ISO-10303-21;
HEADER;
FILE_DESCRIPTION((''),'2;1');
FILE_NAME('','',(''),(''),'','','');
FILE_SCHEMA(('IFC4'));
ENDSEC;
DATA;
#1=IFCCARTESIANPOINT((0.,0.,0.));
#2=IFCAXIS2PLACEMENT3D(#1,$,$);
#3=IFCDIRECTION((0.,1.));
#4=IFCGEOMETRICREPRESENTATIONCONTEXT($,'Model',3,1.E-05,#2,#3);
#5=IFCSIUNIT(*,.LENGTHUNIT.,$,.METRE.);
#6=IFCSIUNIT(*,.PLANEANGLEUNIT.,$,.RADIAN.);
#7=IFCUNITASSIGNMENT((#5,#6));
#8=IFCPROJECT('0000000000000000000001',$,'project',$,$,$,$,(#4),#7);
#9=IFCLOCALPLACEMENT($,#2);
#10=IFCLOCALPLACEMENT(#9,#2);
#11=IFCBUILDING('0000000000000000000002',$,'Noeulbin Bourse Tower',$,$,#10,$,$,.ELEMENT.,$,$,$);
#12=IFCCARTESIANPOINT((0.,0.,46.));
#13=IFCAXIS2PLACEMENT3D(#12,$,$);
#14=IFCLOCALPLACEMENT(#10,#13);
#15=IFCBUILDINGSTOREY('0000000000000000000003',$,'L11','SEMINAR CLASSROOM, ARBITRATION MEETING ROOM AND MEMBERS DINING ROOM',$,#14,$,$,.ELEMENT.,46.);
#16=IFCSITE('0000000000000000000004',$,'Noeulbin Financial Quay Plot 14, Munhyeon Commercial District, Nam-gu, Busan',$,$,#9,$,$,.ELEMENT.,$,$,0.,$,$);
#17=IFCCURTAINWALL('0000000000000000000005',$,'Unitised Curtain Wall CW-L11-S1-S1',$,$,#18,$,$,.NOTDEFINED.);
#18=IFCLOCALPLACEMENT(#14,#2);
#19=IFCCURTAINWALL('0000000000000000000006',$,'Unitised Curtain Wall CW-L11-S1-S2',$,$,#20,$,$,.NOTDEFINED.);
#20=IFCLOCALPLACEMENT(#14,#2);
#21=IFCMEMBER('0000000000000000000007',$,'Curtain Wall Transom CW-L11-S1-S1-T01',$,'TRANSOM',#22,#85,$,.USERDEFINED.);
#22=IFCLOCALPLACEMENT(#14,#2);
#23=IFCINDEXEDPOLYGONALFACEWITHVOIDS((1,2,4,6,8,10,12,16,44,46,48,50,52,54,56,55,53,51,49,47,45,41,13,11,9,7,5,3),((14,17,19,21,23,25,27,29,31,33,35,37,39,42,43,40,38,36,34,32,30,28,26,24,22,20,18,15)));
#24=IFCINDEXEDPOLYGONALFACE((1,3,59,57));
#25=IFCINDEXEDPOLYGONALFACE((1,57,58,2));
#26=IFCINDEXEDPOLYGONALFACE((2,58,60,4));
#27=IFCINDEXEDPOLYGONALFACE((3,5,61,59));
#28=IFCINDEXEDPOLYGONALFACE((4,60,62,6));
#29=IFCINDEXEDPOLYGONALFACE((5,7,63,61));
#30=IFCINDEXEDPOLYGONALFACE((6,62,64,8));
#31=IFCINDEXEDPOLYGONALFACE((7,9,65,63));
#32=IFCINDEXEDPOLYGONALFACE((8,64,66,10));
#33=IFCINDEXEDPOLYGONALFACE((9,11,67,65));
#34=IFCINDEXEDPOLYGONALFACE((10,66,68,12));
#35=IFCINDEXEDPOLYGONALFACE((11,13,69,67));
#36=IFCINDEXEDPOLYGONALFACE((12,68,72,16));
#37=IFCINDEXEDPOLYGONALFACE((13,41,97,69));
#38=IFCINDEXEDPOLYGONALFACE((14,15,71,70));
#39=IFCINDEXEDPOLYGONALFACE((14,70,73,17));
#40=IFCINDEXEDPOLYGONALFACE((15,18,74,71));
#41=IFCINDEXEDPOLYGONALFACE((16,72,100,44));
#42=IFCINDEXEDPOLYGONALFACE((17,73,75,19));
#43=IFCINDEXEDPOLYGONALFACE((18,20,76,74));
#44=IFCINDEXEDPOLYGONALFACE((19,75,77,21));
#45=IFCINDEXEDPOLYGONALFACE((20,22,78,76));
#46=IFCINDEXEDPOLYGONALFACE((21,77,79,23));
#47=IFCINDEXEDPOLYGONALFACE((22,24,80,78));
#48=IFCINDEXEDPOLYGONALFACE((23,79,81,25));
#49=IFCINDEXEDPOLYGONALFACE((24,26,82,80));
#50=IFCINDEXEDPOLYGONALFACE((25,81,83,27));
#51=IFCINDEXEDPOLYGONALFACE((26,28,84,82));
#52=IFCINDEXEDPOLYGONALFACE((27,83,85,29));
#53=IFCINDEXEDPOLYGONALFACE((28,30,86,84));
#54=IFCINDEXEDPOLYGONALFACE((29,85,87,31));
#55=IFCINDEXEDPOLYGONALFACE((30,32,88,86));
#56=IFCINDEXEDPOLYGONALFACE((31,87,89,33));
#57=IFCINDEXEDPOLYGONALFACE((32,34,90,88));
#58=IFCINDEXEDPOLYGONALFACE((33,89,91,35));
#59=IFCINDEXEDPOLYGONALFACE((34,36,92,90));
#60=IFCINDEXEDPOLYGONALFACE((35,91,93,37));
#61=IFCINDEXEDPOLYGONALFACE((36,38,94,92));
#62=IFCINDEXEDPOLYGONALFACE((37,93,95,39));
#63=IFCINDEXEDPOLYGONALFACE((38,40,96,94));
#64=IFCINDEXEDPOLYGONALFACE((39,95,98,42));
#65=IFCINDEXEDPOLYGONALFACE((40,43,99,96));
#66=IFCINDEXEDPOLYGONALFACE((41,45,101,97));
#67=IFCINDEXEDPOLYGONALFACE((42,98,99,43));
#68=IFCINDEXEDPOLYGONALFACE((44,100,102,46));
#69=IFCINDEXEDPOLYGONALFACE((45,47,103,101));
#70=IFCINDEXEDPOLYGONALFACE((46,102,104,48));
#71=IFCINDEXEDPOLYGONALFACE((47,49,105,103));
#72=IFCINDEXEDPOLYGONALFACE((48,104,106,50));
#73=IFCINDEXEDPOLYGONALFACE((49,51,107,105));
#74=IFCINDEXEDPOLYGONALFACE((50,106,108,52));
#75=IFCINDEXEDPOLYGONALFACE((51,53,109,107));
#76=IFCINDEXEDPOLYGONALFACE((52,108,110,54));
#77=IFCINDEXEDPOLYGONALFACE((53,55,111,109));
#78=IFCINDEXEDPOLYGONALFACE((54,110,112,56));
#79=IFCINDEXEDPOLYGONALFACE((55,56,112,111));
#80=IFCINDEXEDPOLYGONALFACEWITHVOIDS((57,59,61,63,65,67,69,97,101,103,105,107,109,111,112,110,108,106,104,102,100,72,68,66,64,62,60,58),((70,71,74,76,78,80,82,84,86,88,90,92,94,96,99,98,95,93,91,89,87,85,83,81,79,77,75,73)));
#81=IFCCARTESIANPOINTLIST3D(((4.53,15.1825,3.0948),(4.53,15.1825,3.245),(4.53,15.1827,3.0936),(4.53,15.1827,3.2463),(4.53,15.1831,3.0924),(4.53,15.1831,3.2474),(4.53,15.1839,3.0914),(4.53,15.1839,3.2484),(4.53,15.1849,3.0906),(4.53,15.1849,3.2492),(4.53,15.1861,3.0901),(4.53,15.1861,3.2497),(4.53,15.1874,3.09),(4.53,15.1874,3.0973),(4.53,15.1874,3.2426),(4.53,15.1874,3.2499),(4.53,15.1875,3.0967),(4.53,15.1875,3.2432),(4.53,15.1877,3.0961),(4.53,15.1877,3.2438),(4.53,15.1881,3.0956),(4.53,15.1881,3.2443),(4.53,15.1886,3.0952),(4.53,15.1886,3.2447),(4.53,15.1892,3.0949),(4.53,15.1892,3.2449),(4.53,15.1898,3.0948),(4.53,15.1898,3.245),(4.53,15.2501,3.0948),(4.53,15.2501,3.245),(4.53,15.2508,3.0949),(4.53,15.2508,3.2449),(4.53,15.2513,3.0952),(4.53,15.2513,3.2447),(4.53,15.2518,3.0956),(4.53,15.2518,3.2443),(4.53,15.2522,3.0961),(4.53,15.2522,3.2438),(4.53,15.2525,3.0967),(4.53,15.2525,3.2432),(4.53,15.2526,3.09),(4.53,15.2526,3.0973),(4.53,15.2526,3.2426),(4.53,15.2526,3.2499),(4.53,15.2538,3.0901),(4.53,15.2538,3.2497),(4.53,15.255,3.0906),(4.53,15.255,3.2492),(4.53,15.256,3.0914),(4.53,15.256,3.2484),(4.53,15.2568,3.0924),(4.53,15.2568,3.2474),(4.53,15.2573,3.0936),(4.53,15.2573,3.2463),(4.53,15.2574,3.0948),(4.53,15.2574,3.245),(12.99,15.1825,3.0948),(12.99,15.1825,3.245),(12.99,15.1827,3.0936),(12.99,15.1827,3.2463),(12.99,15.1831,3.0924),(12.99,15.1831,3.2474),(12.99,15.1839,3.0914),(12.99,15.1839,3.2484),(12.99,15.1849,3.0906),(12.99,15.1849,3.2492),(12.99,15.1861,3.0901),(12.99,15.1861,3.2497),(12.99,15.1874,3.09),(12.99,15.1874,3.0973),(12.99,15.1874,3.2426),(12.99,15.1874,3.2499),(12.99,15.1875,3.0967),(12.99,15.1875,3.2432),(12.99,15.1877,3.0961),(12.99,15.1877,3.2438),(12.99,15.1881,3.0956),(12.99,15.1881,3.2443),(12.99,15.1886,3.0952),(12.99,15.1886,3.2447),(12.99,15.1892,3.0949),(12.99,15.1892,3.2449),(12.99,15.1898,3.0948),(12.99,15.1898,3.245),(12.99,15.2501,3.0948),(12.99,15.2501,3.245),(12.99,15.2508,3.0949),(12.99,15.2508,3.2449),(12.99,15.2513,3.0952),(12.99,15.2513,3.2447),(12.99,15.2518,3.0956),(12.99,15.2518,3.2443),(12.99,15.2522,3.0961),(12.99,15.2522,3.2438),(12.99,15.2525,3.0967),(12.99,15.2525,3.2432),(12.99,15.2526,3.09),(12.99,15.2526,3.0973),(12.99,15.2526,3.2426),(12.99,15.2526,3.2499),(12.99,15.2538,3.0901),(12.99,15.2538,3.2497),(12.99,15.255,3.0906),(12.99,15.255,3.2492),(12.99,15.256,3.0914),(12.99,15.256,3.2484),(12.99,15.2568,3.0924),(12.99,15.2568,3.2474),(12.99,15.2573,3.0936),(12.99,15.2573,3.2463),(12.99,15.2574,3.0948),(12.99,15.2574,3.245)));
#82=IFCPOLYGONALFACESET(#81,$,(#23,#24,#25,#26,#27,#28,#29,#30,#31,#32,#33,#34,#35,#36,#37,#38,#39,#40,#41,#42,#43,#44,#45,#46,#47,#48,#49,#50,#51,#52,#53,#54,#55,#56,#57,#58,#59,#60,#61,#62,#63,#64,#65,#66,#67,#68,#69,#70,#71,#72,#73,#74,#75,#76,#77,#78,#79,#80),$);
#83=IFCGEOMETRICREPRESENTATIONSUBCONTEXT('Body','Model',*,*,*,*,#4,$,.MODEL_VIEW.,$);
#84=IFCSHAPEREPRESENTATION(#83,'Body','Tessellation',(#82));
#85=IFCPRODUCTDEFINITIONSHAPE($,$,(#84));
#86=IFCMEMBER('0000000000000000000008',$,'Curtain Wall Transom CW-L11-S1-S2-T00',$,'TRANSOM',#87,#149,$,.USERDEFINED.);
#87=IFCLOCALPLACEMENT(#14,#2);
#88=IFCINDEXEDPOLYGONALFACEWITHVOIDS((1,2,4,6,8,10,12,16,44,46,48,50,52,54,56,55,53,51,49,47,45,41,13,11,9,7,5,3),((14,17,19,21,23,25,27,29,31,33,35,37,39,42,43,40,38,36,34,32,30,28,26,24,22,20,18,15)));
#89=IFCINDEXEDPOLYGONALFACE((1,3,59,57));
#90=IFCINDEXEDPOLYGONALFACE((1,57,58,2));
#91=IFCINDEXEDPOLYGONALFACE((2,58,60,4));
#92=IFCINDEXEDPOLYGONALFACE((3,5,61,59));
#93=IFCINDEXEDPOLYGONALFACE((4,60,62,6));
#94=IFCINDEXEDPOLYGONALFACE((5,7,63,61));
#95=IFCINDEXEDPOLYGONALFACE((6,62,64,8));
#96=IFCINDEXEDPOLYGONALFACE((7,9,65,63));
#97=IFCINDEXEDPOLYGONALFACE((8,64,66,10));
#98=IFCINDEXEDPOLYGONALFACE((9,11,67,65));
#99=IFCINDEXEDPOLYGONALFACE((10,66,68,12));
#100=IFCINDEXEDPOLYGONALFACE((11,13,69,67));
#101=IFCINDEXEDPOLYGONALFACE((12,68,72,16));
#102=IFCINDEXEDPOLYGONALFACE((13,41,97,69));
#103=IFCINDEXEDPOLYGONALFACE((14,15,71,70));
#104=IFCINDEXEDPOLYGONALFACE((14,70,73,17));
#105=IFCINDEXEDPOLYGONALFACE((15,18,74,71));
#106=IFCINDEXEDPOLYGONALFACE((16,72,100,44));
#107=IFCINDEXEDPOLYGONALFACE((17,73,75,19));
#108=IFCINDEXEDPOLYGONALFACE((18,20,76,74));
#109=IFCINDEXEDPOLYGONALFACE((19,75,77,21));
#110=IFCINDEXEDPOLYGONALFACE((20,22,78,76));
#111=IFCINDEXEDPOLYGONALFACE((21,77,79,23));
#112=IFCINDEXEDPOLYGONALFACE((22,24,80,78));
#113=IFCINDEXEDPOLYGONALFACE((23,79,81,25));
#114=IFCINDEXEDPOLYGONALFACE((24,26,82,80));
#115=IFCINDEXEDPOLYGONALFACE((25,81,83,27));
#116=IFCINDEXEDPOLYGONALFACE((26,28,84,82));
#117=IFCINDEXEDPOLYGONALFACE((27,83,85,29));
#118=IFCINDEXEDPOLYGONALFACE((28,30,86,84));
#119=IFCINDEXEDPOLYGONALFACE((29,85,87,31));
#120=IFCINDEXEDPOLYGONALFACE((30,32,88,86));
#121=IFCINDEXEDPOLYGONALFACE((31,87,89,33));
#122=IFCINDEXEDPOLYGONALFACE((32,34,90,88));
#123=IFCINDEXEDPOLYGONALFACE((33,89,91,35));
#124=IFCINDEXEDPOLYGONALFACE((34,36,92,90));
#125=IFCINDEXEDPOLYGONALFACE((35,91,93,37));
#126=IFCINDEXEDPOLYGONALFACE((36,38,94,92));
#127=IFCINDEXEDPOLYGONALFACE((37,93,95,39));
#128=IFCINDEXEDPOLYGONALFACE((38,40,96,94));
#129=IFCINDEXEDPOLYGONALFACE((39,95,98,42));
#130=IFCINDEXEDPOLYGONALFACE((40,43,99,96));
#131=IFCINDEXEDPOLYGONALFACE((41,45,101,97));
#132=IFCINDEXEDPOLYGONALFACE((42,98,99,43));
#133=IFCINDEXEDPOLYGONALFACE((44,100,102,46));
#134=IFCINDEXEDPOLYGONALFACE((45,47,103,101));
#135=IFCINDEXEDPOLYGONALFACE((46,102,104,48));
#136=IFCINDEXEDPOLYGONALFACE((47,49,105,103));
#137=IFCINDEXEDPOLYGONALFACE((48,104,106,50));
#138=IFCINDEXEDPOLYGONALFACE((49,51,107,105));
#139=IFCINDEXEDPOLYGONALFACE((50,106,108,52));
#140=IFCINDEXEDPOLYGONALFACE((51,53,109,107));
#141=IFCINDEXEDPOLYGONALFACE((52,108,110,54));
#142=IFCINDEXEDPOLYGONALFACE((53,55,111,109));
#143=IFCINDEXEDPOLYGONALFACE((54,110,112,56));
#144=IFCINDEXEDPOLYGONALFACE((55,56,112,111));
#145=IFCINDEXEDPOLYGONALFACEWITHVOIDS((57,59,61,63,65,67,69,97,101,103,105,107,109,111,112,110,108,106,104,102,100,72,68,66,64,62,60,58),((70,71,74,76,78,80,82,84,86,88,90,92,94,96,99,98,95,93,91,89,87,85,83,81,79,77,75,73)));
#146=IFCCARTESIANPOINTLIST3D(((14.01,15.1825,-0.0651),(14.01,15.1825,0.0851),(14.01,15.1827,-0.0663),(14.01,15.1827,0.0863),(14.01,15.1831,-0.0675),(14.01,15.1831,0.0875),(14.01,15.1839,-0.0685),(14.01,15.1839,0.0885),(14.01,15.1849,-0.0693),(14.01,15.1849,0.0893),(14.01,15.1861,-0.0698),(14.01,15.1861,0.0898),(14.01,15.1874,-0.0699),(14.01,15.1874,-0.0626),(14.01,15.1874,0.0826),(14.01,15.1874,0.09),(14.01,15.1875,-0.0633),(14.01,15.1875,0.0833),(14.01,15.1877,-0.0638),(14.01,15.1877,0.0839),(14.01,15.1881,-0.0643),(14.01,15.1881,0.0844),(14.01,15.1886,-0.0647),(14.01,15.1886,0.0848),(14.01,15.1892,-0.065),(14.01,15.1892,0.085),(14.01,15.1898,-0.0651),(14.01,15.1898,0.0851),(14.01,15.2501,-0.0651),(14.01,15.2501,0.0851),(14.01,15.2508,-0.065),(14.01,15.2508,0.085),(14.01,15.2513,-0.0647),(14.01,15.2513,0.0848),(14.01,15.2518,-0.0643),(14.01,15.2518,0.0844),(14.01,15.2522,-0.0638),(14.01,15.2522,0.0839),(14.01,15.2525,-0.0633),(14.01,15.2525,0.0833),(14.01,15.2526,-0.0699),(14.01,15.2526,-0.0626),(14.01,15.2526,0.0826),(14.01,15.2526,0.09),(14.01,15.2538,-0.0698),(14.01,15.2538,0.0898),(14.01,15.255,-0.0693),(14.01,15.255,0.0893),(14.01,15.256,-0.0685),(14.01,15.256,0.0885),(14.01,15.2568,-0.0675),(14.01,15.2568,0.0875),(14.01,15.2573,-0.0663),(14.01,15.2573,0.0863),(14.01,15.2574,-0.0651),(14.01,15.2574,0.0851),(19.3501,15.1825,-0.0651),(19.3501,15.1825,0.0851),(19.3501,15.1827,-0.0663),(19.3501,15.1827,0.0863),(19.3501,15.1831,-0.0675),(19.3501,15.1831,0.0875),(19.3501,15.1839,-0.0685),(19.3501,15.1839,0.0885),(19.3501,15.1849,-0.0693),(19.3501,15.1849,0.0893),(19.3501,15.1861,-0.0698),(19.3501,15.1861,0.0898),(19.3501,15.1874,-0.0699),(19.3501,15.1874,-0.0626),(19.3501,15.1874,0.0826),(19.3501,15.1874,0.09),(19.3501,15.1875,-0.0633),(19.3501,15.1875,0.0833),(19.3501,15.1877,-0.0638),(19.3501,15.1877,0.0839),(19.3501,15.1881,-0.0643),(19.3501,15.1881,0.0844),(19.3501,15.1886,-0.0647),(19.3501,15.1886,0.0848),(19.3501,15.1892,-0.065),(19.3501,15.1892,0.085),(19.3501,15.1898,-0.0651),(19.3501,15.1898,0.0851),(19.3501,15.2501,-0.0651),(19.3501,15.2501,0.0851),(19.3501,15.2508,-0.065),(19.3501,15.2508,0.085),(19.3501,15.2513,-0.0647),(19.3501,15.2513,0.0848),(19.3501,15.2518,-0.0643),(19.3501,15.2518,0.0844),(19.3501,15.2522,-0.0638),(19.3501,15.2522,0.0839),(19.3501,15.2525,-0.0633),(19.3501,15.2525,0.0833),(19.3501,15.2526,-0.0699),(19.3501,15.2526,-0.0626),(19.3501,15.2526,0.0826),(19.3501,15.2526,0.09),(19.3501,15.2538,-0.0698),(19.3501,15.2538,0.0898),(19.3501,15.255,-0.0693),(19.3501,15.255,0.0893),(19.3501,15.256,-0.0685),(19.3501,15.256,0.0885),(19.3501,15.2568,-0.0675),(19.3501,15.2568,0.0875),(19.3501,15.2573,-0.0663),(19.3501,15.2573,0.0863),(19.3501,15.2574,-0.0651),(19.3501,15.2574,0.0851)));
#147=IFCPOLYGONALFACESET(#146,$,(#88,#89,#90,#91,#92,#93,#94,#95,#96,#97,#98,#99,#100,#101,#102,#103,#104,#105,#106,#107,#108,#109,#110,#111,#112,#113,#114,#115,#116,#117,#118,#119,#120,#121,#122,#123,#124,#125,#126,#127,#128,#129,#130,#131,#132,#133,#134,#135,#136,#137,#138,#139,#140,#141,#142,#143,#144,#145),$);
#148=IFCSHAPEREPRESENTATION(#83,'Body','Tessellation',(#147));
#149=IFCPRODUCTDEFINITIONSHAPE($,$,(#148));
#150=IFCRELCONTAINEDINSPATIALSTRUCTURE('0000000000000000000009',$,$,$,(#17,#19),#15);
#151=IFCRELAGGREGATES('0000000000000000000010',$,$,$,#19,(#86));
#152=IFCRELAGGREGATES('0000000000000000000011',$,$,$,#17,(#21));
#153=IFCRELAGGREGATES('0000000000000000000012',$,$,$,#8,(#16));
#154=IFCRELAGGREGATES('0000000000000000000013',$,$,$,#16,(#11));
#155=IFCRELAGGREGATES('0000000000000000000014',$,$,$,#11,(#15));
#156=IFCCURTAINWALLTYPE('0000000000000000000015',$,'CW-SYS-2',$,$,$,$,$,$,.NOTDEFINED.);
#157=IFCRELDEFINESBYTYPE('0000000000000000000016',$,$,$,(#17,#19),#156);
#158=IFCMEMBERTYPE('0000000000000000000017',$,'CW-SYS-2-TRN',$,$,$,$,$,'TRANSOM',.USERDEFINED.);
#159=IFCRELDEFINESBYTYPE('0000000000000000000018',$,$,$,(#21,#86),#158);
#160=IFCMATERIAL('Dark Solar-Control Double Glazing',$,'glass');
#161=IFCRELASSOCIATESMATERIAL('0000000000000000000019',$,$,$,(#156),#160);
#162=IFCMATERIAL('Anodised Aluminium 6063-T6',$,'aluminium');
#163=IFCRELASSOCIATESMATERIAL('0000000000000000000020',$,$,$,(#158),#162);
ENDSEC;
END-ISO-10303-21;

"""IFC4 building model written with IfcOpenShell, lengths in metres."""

from ifc_helpers import new_model, si_unit, direction, frame, origin, origin_2d, place, context, subcontext, project, spatial, hollow_rectangle, extrude, material, material_profile, profile_set, type_object, element, aggregate, save


model = new_model("IFC4")

# Units and contexts
model_context = context("Model", 3, precision=1e-05, world=origin(), true_north=direction((0.0, 1.0)))
body_context = subcontext(model_context, "Body", "Model", "MODEL_VIEW")
ifc_project = project(units=[si_unit("LENGTHUNIT", "METRE"), si_unit("PLANEANGLEUNIT", "RADIAN")], contexts=[model_context])

# Site, building, storey
site_placement = place(None, origin())
site = spatial("IfcSite", under=ifc_project, at=site_placement, Name="Noeulbin Financial Quay Plot 14, Munhyeon Commercial District, Nam-gu, Busan", CompositionType="ELEMENT", RefElevation=0.0)
building_placement = place(site_placement, origin())
building = spatial("IfcBuilding", under=site, at=building_placement, Name="Noeulbin Bourse Tower", CompositionType="ELEMENT")
storey_placement = place(building_placement, frame((0.0, 0.0, 46.0)))
storey = spatial("IfcBuildingStorey", under=building, at=storey_placement, Name="L11", Description="SEMINAR CLASSROOM, ARBITRATION MEETING ROOM AND MEMBERS DINING ROOM", CompositionType="ELEMENT", Elevation=46.0)

# Curtain wall
ifc_material_1 = material(Name="Dark Solar-Control Double Glazing", Category="glass")
curtain_wall_type = type_object("IfcCurtainWallType", Name="CW-SYS-2", PredefinedType="NOTDEFINED", material=ifc_material_1)
curtain_wall_1_placement = place(storey_placement, origin())
curtain_wall_1 = element("IfcCurtainWall", 1, at=curtain_wall_1_placement, inside=storey, type_object=curtain_wall_type, Name="Unitised Curtain Wall CW-L11-S1-S1", PredefinedType="NOTDEFINED")
ifc_material_2 = material(Name="Anodised Aluminium 6063-T6", Category="aluminium")

# Curtain wall
curtain_wall_2_placement = place(storey_placement, origin())
curtain_wall_2 = element("IfcCurtainWall", 2, at=curtain_wall_2_placement, inside=storey, type_object=curtain_wall_type, Name="Unitised Curtain Wall CW-L11-S1-S2", PredefinedType="NOTDEFINED")

# Members
ifc_material_profile_1 = material_profile(ifc_material_2, hollow_rectangle(XDim=0.075, YDim=0.1599, WallThickness=0.0049, InnerFilletRadius=0.0024, OuterFilletRadius=0.0049, at=origin_2d()), Name="ALU-TRAN-75x160x5", Category="LoadBearing")
ifc_profile_set_1 = profile_set([ifc_material_profile_1], Name="Anodised Aluminium 6063-T6")
member_type_1 = type_object("IfcMemberType", Name="CW-SYS-2-TRN", ElementType="TRANSOM", PredefinedType="USERDEFINED", material=ifc_profile_set_1)
member_1_placement = place(storey_placement, frame((4.53, 15.22, 3.1699), z_axis=(1.0, 0.0, 0.0), x_axis=(0.0, 1.0, 0.0)))
member_1 = element("IfcMember", 3, at=member_1_placement, type_object=member_type_1, Name="Curtain Wall Transom CW-L11-S1-S1-T01", ObjectType="TRANSOM", PredefinedType="USERDEFINED", context=body_context, shape_type="SweptSolid", body=[
    extrude(hollow_rectangle(XDim=0.075, YDim=0.1599, WallThickness=0.0049, InnerFilletRadius=0.0024, OuterFilletRadius=0.0049, at=origin_2d()), origin(), (0.0, 0.0, 1.0), 8.46),
])
member_2_placement = place(storey_placement, frame((14.01, 15.22, 0.01), z_axis=(1.0, 0.0, 0.0), x_axis=(0.0, 1.0, 0.0)))
member_2 = element("IfcMember", 4, at=member_2_placement, type_object=member_type_1, Name="Curtain Wall Transom CW-L11-S1-S2-T00", ObjectType="TRANSOM", PredefinedType="USERDEFINED", context=body_context, shape_type="SweptSolid", body=[
    extrude(hollow_rectangle(XDim=0.075, YDim=0.1599, WallThickness=0.0049, InnerFilletRadius=0.0024, OuterFilletRadius=0.0049, at=origin_2d()), origin(), (0.0, 0.0, 1.0), 5.3401),
])
aggregate(curtain_wall_2, [member_2])

aggregate(curtain_wall_1, [member_1])

save(model, "model.ifc")
